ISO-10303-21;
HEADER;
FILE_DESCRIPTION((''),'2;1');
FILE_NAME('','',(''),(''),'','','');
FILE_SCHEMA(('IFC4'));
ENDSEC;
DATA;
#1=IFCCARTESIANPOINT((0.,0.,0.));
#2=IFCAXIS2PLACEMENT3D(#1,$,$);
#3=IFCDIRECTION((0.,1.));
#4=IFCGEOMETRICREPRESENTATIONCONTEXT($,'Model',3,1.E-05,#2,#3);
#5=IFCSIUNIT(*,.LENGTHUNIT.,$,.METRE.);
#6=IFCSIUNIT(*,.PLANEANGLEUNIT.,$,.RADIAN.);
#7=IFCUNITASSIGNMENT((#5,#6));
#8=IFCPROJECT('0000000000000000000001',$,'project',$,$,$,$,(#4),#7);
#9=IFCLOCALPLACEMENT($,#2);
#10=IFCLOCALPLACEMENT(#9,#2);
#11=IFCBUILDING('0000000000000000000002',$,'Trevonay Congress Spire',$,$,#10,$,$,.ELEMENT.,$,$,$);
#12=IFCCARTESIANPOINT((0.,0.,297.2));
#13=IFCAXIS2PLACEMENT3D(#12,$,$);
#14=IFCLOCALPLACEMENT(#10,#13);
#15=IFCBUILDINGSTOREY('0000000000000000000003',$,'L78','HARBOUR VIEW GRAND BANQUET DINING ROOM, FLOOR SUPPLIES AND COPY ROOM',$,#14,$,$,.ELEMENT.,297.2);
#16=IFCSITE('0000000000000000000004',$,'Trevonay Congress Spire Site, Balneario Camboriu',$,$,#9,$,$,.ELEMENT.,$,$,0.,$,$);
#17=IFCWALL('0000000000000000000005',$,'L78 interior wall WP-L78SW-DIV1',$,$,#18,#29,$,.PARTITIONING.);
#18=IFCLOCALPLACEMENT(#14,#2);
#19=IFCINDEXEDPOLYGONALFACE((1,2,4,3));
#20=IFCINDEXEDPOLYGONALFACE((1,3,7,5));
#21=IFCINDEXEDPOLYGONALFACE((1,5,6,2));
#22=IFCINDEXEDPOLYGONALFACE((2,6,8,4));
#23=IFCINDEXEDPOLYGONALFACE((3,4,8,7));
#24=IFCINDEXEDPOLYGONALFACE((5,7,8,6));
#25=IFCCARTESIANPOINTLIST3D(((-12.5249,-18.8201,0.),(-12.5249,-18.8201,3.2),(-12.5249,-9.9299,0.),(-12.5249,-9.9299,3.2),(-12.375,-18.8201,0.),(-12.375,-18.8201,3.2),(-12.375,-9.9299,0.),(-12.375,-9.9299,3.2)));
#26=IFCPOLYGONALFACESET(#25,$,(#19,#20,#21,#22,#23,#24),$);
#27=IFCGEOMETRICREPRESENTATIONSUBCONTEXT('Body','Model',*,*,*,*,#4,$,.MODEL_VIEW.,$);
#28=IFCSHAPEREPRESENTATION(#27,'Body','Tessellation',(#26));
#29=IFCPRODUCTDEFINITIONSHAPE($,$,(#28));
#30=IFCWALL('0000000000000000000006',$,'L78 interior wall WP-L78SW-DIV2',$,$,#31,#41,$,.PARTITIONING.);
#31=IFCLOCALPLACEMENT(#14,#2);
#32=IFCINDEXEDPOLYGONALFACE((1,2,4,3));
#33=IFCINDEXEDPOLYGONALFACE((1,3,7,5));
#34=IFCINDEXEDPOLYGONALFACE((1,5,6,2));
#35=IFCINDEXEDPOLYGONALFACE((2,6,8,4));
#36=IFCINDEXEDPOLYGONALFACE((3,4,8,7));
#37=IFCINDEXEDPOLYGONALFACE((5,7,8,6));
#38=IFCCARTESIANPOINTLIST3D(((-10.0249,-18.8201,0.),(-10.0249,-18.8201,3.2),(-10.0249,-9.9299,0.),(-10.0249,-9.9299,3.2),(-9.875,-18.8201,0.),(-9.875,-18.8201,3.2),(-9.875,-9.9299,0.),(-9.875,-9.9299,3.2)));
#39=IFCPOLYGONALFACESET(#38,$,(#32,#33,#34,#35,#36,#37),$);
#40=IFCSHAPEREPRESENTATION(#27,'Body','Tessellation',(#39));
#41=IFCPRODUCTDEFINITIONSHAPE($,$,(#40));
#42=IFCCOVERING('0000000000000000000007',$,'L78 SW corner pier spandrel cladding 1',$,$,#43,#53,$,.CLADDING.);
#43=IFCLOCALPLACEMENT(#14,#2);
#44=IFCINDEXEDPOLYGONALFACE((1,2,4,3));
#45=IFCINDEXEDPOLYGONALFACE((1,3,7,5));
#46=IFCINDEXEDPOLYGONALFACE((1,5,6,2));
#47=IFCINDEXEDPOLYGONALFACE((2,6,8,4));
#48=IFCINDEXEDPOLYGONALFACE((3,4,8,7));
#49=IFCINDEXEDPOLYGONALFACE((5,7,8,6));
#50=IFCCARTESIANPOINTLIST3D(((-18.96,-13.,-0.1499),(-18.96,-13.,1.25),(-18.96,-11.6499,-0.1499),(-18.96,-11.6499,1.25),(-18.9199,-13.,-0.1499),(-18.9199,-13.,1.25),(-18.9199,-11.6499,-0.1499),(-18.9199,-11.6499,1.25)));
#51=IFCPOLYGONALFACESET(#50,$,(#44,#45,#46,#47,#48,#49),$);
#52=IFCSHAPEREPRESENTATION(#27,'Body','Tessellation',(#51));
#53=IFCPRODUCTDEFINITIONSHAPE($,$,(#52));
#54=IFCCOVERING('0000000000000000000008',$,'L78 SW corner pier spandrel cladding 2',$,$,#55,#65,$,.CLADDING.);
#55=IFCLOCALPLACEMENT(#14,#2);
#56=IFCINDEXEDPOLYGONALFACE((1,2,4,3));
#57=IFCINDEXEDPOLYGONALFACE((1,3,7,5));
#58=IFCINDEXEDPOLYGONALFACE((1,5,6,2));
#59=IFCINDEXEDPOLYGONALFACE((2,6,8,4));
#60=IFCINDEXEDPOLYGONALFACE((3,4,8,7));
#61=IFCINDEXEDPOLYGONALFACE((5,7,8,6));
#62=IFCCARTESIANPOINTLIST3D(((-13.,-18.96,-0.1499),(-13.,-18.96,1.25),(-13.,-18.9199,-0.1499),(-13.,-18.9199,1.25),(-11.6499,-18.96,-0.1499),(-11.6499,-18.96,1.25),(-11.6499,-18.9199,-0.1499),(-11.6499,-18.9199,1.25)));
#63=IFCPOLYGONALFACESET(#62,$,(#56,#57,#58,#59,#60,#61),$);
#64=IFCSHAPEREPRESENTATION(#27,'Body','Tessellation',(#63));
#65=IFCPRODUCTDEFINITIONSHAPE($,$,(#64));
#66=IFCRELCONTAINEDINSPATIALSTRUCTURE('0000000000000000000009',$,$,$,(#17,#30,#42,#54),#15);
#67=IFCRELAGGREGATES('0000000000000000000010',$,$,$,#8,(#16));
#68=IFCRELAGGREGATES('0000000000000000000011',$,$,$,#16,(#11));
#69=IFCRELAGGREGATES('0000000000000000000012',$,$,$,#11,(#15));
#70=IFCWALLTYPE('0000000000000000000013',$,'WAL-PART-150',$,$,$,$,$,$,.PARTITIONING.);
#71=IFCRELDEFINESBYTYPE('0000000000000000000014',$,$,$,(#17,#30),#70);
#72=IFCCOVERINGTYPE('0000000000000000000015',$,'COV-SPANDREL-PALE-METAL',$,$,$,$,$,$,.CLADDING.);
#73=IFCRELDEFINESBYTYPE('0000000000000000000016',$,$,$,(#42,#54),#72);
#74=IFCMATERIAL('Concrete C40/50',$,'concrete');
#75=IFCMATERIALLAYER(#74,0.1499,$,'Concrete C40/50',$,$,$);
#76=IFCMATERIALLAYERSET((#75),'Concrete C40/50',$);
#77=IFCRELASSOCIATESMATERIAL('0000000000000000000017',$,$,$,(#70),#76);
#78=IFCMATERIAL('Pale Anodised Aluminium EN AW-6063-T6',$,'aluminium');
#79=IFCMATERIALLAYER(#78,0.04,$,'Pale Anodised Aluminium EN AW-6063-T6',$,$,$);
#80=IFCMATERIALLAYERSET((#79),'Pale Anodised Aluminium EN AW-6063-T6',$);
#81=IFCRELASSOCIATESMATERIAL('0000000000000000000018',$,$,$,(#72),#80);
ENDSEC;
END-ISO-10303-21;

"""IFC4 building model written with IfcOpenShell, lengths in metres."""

from ifc_helpers import new_model, si_unit, direction, frame, frame_2d, origin, place, context, subcontext, project, spatial, rectangle, extrude, material, layer, layer_set, type_object, element, save


model = new_model("IFC4")

# Units and contexts
model_context = context("Model", 3, precision=1e-05, world=origin(), true_north=direction((0.0, 1.0)))
body_context = subcontext(model_context, "Body", "Model", "MODEL_VIEW")
ifc_project = project(units=[si_unit("LENGTHUNIT", "METRE"), si_unit("PLANEANGLEUNIT", "RADIAN")], contexts=[model_context])

# Site, building, storey
site_placement = place(None, origin())
site = spatial("IfcSite", under=ifc_project, at=site_placement, Name="Trevonay Congress Spire Site, Balneario Camboriu", CompositionType="ELEMENT", RefElevation=0.0)
building_placement = place(site_placement, origin())
building = spatial("IfcBuilding", under=site, at=building_placement, Name="Trevonay Congress Spire", CompositionType="ELEMENT")
storey_placement = place(building_placement, frame((0.0, 0.0, 297.2)))
storey = spatial("IfcBuildingStorey", under=building, at=storey_placement, Name="L78", Description="HARBOUR VIEW GRAND BANQUET DINING ROOM, FLOOR SUPPLIES AND COPY ROOM", CompositionType="ELEMENT", Elevation=297.2)

# Shared definitions
ifc_material_1 = material(Name="Pale Anodised Aluminium EN AW-6063-T6", Category="aluminium")

# Walls
ifc_material_2 = material(Name="Concrete C40/50", Category="concrete")
ifc_layer_1 = layer(ifc_material_2, 0.1499, Name="Concrete C40/50")
ifc_layer_set_1 = layer_set([ifc_layer_1], Name="Concrete C40/50")
wall_type_1 = type_object("IfcWallType", Name="WAL-PART-150", PredefinedType="PARTITIONING", material=ifc_layer_set_1)
for number, where, z_axis, x_axis, name in (
    (1, (-12.45, -18.8201, 0.0), (0.0, 0.0, 1.0), (0.0, 1.0, 0.0), "L78 interior wall WP-L78SW-DIV1"),
    (2, (-9.95, -18.8201, 0.0), (0.0, 0.0, 1.0), (0.0, 1.0, 0.0), "L78 interior wall WP-L78SW-DIV2"),
):
    element("IfcWall", number, at=place(storey_placement, frame(where, z_axis=z_axis, x_axis=x_axis)), inside=storey, type_object=wall_type_1, Name=name, PredefinedType="PARTITIONING", context=body_context, shape_type="SweptSolid", body=[
        extrude(rectangle(XDim=8.8901, YDim=0.1499, at=frame_2d((4.4451, 0.0))), origin(), (0.0, 0.0, 1.0), 3.2),
    ])

# Coverings
ifc_layer_2 = layer(ifc_material_1, 0.04, Name="Pale Anodised Aluminium EN AW-6063-T6")
ifc_layer_set_2 = layer_set([ifc_layer_2], Name="Pale Anodised Aluminium EN AW-6063-T6")
covering_type = type_object("IfcCoveringType", Name="COV-SPANDREL-PALE-METAL", PredefinedType="CLADDING", material=ifc_layer_set_2)
for number, where, z_axis, x_axis, name in (
    (3, (-18.9399, -11.6499, -0.1499), (0.0, 0.0, 1.0), (0.0, -1.0, 0.0), "L78 SW corner pier spandrel cladding 1"),
    (4, (-11.6499, -18.9399, -0.1499), (0.0, 0.0, 1.0), (-1.0, 0.0, 0.0), "L78 SW corner pier spandrel cladding 2"),
):
    element("IfcCovering", number, at=place(storey_placement, frame(where, z_axis=z_axis, x_axis=x_axis)), inside=storey, type_object=covering_type, Name=name, PredefinedType="CLADDING", context=body_context, shape_type="SweptSolid", body=[
        extrude(rectangle(XDim=1.3501, YDim=0.04, at=frame_2d((0.675, 0.0))), origin(), (0.0, 0.0, 1.0), 1.3999),
    ])

save(model, "model.ifc")
